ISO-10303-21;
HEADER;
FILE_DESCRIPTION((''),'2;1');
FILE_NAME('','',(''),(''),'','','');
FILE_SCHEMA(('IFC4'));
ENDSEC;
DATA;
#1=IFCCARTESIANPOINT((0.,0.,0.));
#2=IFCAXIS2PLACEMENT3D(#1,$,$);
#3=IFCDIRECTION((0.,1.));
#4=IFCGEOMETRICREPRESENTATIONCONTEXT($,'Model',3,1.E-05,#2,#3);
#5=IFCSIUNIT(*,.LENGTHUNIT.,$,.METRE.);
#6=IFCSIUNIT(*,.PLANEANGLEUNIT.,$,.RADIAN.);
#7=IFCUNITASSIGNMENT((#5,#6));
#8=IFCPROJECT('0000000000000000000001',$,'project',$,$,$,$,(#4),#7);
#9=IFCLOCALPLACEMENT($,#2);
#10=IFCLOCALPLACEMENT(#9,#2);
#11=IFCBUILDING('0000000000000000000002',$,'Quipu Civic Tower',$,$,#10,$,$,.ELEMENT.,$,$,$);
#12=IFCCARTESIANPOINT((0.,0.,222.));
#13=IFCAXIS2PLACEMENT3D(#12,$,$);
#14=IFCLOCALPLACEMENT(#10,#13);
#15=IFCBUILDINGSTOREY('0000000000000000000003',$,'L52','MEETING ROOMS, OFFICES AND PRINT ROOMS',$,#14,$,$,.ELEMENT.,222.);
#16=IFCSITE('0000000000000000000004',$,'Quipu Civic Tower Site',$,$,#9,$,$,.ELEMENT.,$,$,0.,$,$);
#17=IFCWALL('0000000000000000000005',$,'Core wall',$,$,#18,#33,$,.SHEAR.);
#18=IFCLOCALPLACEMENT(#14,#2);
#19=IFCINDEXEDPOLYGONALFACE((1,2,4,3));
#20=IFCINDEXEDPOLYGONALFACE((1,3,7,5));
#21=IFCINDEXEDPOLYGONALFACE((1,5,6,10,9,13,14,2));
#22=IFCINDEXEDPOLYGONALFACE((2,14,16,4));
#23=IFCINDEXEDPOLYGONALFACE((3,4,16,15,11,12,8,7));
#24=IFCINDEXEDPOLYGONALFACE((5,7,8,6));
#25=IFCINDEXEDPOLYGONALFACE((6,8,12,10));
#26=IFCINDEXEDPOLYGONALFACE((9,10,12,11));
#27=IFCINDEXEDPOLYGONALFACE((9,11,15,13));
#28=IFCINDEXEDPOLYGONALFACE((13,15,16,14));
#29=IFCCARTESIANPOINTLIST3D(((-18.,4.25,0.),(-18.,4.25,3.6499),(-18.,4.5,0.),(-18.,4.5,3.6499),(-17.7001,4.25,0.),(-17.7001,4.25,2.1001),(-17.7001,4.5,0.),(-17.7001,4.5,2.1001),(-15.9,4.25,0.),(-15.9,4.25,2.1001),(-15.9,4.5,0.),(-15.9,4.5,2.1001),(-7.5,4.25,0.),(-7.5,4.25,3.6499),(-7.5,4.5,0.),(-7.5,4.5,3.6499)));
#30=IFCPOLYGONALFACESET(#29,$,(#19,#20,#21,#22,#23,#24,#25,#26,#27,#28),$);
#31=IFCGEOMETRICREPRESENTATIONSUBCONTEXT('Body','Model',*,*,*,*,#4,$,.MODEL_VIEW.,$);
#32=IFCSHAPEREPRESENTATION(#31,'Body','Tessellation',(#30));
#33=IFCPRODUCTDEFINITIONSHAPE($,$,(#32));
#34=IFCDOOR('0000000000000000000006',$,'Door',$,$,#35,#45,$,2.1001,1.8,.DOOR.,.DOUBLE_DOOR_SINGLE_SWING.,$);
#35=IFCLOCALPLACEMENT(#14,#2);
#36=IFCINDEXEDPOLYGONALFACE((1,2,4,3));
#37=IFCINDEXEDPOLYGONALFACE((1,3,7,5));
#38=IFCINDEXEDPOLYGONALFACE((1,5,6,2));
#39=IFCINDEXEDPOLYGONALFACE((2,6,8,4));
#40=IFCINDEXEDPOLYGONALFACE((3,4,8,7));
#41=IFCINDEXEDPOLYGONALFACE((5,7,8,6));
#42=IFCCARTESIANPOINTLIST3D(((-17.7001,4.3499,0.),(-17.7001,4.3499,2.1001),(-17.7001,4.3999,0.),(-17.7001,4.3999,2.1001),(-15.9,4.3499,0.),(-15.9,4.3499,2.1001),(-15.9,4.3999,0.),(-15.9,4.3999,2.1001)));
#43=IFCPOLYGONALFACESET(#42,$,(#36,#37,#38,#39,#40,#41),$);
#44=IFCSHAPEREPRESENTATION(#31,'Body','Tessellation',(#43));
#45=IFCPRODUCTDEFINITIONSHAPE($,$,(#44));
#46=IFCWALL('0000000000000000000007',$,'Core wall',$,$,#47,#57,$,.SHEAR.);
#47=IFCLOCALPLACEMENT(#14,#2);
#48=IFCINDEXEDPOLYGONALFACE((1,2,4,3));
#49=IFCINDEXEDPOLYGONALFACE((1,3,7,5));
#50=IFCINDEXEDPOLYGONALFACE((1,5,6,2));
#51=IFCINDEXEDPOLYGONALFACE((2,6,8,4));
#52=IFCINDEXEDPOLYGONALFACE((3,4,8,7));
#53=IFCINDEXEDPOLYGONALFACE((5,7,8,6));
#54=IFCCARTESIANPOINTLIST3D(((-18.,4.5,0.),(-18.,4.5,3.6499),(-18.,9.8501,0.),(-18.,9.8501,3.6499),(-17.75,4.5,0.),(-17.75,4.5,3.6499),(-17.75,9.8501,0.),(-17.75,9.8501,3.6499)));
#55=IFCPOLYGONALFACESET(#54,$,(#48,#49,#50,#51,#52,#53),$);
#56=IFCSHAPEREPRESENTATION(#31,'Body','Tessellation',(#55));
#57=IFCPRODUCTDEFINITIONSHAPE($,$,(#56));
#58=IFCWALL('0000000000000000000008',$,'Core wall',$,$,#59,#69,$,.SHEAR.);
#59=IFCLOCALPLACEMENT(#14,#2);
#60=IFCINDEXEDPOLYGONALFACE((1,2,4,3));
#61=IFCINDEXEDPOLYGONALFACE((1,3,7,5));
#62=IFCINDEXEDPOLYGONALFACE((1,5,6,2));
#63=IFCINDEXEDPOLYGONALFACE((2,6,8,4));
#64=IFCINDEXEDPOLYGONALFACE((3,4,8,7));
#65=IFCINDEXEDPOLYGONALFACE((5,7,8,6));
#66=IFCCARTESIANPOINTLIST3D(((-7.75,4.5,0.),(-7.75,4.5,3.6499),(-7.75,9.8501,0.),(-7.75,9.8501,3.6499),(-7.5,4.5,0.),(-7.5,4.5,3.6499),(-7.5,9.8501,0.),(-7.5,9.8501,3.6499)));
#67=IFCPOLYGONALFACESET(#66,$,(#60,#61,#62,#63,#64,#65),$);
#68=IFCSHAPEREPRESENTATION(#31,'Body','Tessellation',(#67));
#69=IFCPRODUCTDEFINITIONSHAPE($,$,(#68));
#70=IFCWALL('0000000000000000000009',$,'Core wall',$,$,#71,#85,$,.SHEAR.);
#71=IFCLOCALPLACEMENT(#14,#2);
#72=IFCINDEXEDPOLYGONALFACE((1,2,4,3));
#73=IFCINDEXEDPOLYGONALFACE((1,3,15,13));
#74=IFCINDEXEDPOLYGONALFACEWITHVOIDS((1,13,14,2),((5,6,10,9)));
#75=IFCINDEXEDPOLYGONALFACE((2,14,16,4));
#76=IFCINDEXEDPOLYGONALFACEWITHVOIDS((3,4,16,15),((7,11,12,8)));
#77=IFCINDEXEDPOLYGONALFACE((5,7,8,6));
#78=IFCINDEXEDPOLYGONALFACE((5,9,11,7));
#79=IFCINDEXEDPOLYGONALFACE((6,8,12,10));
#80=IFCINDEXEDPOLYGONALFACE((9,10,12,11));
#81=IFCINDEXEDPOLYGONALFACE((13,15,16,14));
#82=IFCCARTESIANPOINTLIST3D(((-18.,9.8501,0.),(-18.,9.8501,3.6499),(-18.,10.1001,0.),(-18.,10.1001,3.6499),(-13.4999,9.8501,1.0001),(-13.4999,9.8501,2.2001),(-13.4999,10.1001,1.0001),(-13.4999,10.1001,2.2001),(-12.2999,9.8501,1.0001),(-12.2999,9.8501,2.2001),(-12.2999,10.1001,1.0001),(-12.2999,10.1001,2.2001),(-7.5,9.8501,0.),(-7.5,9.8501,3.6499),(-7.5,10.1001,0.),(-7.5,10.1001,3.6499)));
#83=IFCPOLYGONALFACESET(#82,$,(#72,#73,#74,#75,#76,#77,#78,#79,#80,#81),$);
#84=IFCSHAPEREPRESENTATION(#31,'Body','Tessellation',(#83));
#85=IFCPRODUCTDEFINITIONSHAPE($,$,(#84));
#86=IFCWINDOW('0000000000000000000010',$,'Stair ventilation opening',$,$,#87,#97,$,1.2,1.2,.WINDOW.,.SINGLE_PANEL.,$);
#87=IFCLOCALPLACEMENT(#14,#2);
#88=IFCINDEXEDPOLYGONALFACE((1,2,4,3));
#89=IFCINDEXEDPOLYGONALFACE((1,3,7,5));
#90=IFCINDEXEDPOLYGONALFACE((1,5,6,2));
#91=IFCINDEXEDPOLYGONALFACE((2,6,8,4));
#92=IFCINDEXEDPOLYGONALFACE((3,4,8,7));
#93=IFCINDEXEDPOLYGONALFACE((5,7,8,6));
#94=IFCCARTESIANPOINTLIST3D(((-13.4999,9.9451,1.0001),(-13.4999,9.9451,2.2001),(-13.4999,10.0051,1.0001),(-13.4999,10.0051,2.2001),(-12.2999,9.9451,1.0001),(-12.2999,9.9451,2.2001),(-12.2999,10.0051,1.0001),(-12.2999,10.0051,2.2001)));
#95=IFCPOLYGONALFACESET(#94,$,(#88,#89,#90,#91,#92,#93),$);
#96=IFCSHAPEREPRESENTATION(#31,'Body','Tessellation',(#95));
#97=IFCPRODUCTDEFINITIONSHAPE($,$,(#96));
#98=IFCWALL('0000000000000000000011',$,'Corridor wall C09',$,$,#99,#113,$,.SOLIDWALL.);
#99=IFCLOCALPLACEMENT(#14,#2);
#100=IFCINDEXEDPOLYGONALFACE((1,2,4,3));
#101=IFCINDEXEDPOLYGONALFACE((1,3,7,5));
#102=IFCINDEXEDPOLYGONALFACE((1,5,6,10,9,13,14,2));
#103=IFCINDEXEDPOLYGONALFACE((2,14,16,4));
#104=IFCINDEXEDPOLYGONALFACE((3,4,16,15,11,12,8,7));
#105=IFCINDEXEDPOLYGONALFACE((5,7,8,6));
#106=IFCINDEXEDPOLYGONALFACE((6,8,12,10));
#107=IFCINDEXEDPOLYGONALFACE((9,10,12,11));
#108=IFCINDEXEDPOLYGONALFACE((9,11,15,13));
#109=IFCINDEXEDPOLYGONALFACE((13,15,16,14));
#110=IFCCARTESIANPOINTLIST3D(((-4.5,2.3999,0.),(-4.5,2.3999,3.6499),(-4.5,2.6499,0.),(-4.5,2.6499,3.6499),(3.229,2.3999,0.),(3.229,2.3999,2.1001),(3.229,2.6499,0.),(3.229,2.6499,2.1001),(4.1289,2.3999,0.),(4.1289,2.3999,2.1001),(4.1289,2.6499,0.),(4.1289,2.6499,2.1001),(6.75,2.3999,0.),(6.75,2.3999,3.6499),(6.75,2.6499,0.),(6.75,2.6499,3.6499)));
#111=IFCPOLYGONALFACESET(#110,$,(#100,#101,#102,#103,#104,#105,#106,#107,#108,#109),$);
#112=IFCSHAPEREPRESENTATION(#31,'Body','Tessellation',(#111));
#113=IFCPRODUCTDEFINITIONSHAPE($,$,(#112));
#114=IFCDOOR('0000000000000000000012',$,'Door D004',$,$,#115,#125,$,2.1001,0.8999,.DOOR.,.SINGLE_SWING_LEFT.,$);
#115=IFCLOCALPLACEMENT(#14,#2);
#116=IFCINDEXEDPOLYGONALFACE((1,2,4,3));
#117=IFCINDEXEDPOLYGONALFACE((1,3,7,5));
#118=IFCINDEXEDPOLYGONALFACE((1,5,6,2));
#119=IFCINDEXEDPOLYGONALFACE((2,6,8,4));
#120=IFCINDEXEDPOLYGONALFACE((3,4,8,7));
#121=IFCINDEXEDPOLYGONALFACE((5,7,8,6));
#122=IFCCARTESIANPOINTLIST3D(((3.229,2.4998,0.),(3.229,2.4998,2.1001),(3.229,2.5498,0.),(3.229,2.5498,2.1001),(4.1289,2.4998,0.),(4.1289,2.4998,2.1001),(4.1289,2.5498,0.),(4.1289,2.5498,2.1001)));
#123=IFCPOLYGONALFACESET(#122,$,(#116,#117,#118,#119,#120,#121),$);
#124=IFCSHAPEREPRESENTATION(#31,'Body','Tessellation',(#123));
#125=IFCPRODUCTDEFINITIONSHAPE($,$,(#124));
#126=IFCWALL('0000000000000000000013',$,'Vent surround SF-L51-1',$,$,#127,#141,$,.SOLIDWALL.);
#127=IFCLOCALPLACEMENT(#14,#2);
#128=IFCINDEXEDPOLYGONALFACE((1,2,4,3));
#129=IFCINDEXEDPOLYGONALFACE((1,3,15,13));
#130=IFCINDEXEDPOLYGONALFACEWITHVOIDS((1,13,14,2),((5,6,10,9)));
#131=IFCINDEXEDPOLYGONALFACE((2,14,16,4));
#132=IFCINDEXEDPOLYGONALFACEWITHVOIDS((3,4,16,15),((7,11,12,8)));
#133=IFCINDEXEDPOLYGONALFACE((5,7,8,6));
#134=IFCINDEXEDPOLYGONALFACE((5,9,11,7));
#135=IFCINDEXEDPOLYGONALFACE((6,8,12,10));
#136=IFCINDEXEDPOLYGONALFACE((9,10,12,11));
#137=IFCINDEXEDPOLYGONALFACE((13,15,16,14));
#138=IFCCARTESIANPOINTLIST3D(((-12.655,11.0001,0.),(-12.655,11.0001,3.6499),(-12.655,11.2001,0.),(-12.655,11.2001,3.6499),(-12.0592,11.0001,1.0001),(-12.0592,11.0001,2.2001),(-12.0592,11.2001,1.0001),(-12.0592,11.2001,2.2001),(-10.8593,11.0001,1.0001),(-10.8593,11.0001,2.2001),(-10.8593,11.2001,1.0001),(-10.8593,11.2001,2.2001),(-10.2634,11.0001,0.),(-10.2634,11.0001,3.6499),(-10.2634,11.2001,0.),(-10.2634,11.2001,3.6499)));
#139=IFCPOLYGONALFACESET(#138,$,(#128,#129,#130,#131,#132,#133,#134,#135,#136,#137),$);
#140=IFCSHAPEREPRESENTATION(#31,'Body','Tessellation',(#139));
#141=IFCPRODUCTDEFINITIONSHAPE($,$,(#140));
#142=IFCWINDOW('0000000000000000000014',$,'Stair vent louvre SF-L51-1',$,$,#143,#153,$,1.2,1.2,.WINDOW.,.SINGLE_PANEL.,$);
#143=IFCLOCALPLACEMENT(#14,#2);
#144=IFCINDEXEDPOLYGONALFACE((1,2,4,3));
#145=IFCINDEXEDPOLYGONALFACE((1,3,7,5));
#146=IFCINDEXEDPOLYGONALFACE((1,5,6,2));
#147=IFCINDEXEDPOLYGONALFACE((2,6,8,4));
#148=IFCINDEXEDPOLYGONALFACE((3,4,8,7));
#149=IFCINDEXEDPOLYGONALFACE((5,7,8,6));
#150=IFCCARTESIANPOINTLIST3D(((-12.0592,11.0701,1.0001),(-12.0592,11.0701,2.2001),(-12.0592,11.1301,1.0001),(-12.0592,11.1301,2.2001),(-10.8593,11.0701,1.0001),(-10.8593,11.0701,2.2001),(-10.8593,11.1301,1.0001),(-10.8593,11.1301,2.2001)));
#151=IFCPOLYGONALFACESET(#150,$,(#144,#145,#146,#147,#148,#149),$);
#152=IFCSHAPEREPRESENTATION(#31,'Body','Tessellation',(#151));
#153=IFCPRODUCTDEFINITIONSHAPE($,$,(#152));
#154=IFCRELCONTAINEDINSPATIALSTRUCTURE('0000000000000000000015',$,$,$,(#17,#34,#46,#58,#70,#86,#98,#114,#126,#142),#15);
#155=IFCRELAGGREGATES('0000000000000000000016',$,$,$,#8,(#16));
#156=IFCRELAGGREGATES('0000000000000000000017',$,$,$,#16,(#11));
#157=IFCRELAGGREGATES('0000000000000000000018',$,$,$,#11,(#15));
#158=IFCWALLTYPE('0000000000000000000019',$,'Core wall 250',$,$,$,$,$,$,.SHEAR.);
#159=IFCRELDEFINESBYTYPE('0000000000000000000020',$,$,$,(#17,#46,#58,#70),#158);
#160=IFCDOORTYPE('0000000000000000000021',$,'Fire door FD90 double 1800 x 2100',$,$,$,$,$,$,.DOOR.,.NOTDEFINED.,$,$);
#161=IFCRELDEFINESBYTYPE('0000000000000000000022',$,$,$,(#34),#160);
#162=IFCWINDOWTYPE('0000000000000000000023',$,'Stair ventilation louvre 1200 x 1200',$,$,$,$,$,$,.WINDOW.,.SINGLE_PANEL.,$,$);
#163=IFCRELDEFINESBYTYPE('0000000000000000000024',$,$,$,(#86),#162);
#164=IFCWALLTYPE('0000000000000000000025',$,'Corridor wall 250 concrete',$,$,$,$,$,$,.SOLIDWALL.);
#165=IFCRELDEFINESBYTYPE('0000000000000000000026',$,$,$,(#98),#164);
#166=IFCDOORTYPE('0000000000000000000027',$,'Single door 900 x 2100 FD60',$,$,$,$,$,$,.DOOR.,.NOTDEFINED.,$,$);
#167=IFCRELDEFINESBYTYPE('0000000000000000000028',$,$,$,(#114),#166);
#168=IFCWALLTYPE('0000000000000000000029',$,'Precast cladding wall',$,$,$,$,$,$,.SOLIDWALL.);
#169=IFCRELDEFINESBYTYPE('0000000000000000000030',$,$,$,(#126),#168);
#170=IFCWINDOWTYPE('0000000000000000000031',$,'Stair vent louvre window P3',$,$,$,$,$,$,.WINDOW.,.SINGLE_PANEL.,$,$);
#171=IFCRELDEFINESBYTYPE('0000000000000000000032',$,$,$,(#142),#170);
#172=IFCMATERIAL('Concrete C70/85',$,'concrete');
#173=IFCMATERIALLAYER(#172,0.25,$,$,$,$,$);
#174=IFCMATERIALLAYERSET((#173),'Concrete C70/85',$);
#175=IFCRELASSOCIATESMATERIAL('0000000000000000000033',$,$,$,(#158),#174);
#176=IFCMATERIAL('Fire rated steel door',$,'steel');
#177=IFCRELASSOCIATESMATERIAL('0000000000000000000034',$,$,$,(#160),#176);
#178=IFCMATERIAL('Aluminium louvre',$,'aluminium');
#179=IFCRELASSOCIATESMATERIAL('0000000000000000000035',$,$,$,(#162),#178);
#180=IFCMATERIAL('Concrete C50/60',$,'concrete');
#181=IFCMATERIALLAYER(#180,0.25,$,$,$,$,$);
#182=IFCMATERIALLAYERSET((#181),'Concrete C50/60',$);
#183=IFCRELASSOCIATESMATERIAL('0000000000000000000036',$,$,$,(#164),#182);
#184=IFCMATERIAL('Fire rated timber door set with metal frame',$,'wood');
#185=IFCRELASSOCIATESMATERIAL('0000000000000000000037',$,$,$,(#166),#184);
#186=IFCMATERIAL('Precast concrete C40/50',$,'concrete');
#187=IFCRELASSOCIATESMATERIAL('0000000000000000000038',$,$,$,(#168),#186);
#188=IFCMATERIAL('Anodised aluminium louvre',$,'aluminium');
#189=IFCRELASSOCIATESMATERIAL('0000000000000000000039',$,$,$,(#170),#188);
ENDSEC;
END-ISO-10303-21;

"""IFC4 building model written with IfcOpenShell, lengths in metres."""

from ifc_helpers import new_model, si_unit, direction, frame, frame_2d, origin, place, context, subcontext, project, spatial, rectangle, extrude, material, layer, layer_set, type_object, element, fill, save


model = new_model("IFC4")

# Units and contexts
model_context = context("Model", 3, precision=1e-05, world=origin(), true_north=direction((0.0, 1.0)))
body_context = subcontext(model_context, "Body", "Model", "MODEL_VIEW")
ifc_project = project(units=[si_unit("LENGTHUNIT", "METRE"), si_unit("PLANEANGLEUNIT", "RADIAN")], contexts=[model_context])

# Site, building, storey
site_placement = place(None, origin())
site = spatial("IfcSite", under=ifc_project, at=site_placement, Name="Quipu Civic Tower Site", CompositionType="ELEMENT", RefElevation=0.0)
building_placement = place(site_placement, origin())
building = spatial("IfcBuilding", under=site, at=building_placement, Name="Quipu Civic Tower", CompositionType="ELEMENT")
storey_placement = place(building_placement, frame((0.0, 0.0, 222.0)))
storey = spatial("IfcBuildingStorey", under=building, at=storey_placement, Name="L52", Description="MEETING ROOMS, OFFICES AND PRINT ROOMS", CompositionType="ELEMENT", Elevation=222.0)

# Wall, opening, door
ifc_material_1 = material(Name="Concrete C70/85", Category="concrete")
ifc_layer_1 = layer(ifc_material_1, 0.25)
ifc_layer_set_1 = layer_set([ifc_layer_1], Name="Concrete C70/85")
wall_type_1 = type_object("IfcWallType", Name="Core wall 250", PredefinedType="SHEAR", material=ifc_layer_set_1)
wall_1_placement = place(storey_placement, frame((-18.0, 4.375, 0.0), z_axis=(0.0, 0.0, 1.0), x_axis=(1.0, 0.0, 0.0)))
wall_1 = element("IfcWall", 1, at=wall_1_placement, inside=storey, type_object=wall_type_1, Name="Core wall", PredefinedType="SHEAR", context=body_context, shape_type="SweptSolid", body=[
    extrude(rectangle(XDim=10.5, YDim=0.25, at=frame_2d((5.25, 0.0))), origin(), (0.0, 0.0, 1.0), 3.6499),
])
opening_1_placement = place(wall_1_placement, frame((0.3, 0.0, 0.0)))
opening_1 = element("IfcOpeningElement", 2, at=opening_1_placement, cuts=wall_1, PredefinedType="OPENING", context=body_context, shape_type="SweptSolid", body=[
    extrude(rectangle(XDim=1.8, YDim=2.1001, at=frame_2d((0.8999, 1.05))), frame((0.0, 0.135, 0.0), z_axis=(0.0, -1.0, 0.0), x_axis=(1.0, 0.0, 0.0)), (0.0, 0.0, 1.0), 0.27),
])
ifc_material_2 = material(Name="Fire rated steel door", Category="steel")
door_type_1 = type_object("IfcDoorType", Name="Fire door FD90 double 1800 x 2100", OperationType="NOTDEFINED", PredefinedType="DOOR", material=ifc_material_2)
door_1_placement = place(opening_1_placement, origin())
door_1 = element("IfcDoor", 3, at=door_1_placement, inside=storey, type_object=door_type_1, Name="Door", OperationType="DOUBLE_DOOR_SINGLE_SWING", OverallHeight=2.1001, OverallWidth=1.8, PredefinedType="DOOR", context=body_context, shape_type="SweptSolid", body=[
    extrude(rectangle(XDim=1.8, YDim=2.1001, at=frame_2d((0.8999, 1.05))), frame((0.0, 0.0249, 0.0), z_axis=(0.0, -1.0, 0.0), x_axis=(1.0, 0.0, 0.0)), (0.0, 0.0, 1.0), 0.05),
])
fill(opening_1, door_1)

# Walls
for number, where, z_axis, x_axis, name in (
    (4, (-17.875, 4.5, 0.0), (0.0, 0.0, 1.0), (0.0, 1.0, 0.0), "Core wall"),
    (5, (-7.625, 4.5, 0.0), (0.0, 0.0, 1.0), (0.0, 1.0, 0.0), "Core wall"),
):
    element("IfcWall", number, at=place(storey_placement, frame(where, z_axis=z_axis, x_axis=x_axis)), inside=storey, type_object=wall_type_1, Name=name, PredefinedType="SHEAR", context=body_context, shape_type="SweptSolid", body=[
        extrude(rectangle(XDim=5.3501, YDim=0.25, at=frame_2d((2.675, 0.0))), origin(), (0.0, 0.0, 1.0), 3.6499),
    ])

# Wall, opening, window
wall_2_placement = place(storey_placement, frame((-18.0, 9.9751, 0.0), z_axis=(0.0, 0.0, 1.0), x_axis=(1.0, 0.0, 0.0)))
wall_2 = element("IfcWall", 6, at=wall_2_placement, inside=storey, type_object=wall_type_1, Name="Core wall", PredefinedType="SHEAR", context=body_context, shape_type="SweptSolid", body=[
    extrude(rectangle(XDim=10.5, YDim=0.25, at=frame_2d((5.25, 0.0))), origin(), (0.0, 0.0, 1.0), 3.6499),
])
opening_2_placement = place(wall_2_placement, frame((4.5, 0.0, 1.0)))
opening_2 = element("IfcOpeningElement", 7, at=opening_2_placement, cuts=wall_2, PredefinedType="OPENING", context=body_context, shape_type="SweptSolid", body=[
    extrude(rectangle(XDim=1.2, YDim=1.2, at=frame_2d((0.6001, 0.6001))), frame((0.0, 0.135, 0.0), z_axis=(0.0, -1.0, 0.0), x_axis=(1.0, 0.0, 0.0)), (0.0, 0.0, 1.0), 0.27),
])
ifc_material_3 = material(Name="Aluminium louvre", Category="aluminium")
window_type_1 = type_object("IfcWindowType", Name="Stair ventilation louvre 1200 x 1200", PartitioningType="SINGLE_PANEL", PredefinedType="WINDOW", material=ifc_material_3)
window_1_placement = place(opening_2_placement, origin())
window_1 = element("IfcWindow", 8, at=window_1_placement, inside=storey, type_object=window_type_1, Name="Stair ventilation opening", OverallHeight=1.2, OverallWidth=1.2, PartitioningType="SINGLE_PANEL", PredefinedType="WINDOW", context=body_context, shape_type="SweptSolid", body=[
    extrude(rectangle(XDim=1.2, YDim=1.2, at=frame_2d((0.6001, 0.6001))), frame((0.0, 0.03, 0.0), z_axis=(0.0, -1.0, 0.0), x_axis=(1.0, 0.0, 0.0)), (0.0, 0.0, 1.0), 0.0601),
])
fill(opening_2, window_1)

# Wall, opening, door
ifc_material_4 = material(Name="Concrete C50/60", Category="concrete")
ifc_layer_2 = layer(ifc_material_4, 0.25)
ifc_layer_set_2 = layer_set([ifc_layer_2], Name="Concrete C50/60")
wall_type_2 = type_object("IfcWallType", Name="Corridor wall 250 concrete", PredefinedType="SOLIDWALL", material=ifc_layer_set_2)
wall_3_placement = place(storey_placement, frame((-4.5, 2.5249, 0.0), z_axis=(0.0, 0.0, 1.0), x_axis=(1.0, 0.0, 0.0)))
wall_3 = element("IfcWall", 9, at=wall_3_placement, inside=storey, type_object=wall_type_2, Name="Corridor wall C09", PredefinedType="SOLIDWALL", context=body_context, shape_type="SweptSolid", body=[
    extrude(rectangle(XDim=11.25, YDim=0.25, at=frame_2d((5.625, 0.0))), origin(), (0.0, 0.0, 1.0), 3.6499),
])
opening_3_placement = place(wall_3_placement, frame((7.729, 0.0, 0.0)))
opening_3 = element("IfcOpeningElement", 10, at=opening_3_placement, cuts=wall_3, PredefinedType="OPENING", context=body_context, shape_type="SweptSolid", body=[
    extrude(rectangle(XDim=0.8999, YDim=2.1001, at=frame_2d((0.45, 1.05))), frame((0.0, 0.135, 0.0), z_axis=(0.0, -1.0, 0.0), x_axis=(1.0, 0.0, 0.0)), (0.0, 0.0, 1.0), 0.27),
])
ifc_material_5 = material(Name="Fire rated timber door set with metal frame", Category="wood")
door_type_2 = type_object("IfcDoorType", Name="Single door 900 x 2100 FD60", OperationType="NOTDEFINED", PredefinedType="DOOR", material=ifc_material_5)
door_2_placement = place(opening_3_placement, origin())
door_2 = element("IfcDoor", 11, at=door_2_placement, inside=storey, type_object=door_type_2, Name="Door D004", OperationType="SINGLE_SWING_LEFT", OverallHeight=2.1001, OverallWidth=0.8999, PredefinedType="DOOR", context=body_context, shape_type="SweptSolid", body=[
    extrude(rectangle(XDim=0.8999, YDim=2.1001, at=frame_2d((0.45, 1.05))), frame((0.0, 0.0249, 0.0), z_axis=(0.0, -1.0, 0.0), x_axis=(1.0, 0.0, 0.0)), (0.0, 0.0, 1.0), 0.05),
])
fill(opening_3, door_2)

# Wall, opening, window
ifc_material_6 = material(Name="Precast concrete C40/50", Category="concrete")
wall_type_3 = type_object("IfcWallType", Name="Precast cladding wall", PredefinedType="SOLIDWALL", material=ifc_material_6)
wall_4_placement = place(storey_placement, frame((-10.2634, 11.1001, 0.0), z_axis=(0.0, 0.0, 1.0), x_axis=(-1.0, 0.0, 0.0)))
wall_4 = element("IfcWall", 12, at=wall_4_placement, inside=storey, type_object=wall_type_3, Name="Vent surround SF-L51-1", PredefinedType="SOLIDWALL", context=body_context, shape_type="SweptSolid", body=[
    extrude(rectangle(XDim=2.3916, YDim=0.2, at=frame_2d((1.1958, 0.0))), origin(), (0.0, 0.0, 1.0), 3.6499),
])
opening_4_placement = place(wall_4_placement, frame((0.5957, 0.0, 1.0)))
opening_4 = element("IfcOpeningElement", 13, at=opening_4_placement, cuts=wall_4, PredefinedType="OPENING", context=body_context, shape_type="SweptSolid", body=[
    extrude(rectangle(XDim=1.2, YDim=1.2, at=frame_2d((0.6001, 0.6001))), frame((0.0, 0.1099, 0.0), z_axis=(0.0, -1.0, 0.0), x_axis=(1.0, 0.0, 0.0)), (0.0, 0.0, 1.0), 0.22),
])
ifc_material_7 = material(Name="Anodised aluminium louvre", Category="aluminium")
window_type_2 = type_object("IfcWindowType", Name="Stair vent louvre window P3", PartitioningType="SINGLE_PANEL", PredefinedType="WINDOW", material=ifc_material_7)
window_2_placement = place(opening_4_placement, origin())
window_2 = element("IfcWindow", 14, at=window_2_placement, inside=storey, type_object=window_type_2, Name="Stair vent louvre SF-L51-1", OverallHeight=1.2, OverallWidth=1.2, PartitioningType="SINGLE_PANEL", PredefinedType="WINDOW", context=body_context, shape_type="SweptSolid", body=[
    extrude(rectangle(XDim=1.2, YDim=1.2, at=frame_2d((0.6001, 0.6001))), frame((0.0, 0.03, 0.0), z_axis=(0.0, -1.0, 0.0), x_axis=(1.0, 0.0, 0.0)), (0.0, 0.0, 1.0), 0.0601),
])
fill(opening_4, window_2)

save(model, "model.ifc")
